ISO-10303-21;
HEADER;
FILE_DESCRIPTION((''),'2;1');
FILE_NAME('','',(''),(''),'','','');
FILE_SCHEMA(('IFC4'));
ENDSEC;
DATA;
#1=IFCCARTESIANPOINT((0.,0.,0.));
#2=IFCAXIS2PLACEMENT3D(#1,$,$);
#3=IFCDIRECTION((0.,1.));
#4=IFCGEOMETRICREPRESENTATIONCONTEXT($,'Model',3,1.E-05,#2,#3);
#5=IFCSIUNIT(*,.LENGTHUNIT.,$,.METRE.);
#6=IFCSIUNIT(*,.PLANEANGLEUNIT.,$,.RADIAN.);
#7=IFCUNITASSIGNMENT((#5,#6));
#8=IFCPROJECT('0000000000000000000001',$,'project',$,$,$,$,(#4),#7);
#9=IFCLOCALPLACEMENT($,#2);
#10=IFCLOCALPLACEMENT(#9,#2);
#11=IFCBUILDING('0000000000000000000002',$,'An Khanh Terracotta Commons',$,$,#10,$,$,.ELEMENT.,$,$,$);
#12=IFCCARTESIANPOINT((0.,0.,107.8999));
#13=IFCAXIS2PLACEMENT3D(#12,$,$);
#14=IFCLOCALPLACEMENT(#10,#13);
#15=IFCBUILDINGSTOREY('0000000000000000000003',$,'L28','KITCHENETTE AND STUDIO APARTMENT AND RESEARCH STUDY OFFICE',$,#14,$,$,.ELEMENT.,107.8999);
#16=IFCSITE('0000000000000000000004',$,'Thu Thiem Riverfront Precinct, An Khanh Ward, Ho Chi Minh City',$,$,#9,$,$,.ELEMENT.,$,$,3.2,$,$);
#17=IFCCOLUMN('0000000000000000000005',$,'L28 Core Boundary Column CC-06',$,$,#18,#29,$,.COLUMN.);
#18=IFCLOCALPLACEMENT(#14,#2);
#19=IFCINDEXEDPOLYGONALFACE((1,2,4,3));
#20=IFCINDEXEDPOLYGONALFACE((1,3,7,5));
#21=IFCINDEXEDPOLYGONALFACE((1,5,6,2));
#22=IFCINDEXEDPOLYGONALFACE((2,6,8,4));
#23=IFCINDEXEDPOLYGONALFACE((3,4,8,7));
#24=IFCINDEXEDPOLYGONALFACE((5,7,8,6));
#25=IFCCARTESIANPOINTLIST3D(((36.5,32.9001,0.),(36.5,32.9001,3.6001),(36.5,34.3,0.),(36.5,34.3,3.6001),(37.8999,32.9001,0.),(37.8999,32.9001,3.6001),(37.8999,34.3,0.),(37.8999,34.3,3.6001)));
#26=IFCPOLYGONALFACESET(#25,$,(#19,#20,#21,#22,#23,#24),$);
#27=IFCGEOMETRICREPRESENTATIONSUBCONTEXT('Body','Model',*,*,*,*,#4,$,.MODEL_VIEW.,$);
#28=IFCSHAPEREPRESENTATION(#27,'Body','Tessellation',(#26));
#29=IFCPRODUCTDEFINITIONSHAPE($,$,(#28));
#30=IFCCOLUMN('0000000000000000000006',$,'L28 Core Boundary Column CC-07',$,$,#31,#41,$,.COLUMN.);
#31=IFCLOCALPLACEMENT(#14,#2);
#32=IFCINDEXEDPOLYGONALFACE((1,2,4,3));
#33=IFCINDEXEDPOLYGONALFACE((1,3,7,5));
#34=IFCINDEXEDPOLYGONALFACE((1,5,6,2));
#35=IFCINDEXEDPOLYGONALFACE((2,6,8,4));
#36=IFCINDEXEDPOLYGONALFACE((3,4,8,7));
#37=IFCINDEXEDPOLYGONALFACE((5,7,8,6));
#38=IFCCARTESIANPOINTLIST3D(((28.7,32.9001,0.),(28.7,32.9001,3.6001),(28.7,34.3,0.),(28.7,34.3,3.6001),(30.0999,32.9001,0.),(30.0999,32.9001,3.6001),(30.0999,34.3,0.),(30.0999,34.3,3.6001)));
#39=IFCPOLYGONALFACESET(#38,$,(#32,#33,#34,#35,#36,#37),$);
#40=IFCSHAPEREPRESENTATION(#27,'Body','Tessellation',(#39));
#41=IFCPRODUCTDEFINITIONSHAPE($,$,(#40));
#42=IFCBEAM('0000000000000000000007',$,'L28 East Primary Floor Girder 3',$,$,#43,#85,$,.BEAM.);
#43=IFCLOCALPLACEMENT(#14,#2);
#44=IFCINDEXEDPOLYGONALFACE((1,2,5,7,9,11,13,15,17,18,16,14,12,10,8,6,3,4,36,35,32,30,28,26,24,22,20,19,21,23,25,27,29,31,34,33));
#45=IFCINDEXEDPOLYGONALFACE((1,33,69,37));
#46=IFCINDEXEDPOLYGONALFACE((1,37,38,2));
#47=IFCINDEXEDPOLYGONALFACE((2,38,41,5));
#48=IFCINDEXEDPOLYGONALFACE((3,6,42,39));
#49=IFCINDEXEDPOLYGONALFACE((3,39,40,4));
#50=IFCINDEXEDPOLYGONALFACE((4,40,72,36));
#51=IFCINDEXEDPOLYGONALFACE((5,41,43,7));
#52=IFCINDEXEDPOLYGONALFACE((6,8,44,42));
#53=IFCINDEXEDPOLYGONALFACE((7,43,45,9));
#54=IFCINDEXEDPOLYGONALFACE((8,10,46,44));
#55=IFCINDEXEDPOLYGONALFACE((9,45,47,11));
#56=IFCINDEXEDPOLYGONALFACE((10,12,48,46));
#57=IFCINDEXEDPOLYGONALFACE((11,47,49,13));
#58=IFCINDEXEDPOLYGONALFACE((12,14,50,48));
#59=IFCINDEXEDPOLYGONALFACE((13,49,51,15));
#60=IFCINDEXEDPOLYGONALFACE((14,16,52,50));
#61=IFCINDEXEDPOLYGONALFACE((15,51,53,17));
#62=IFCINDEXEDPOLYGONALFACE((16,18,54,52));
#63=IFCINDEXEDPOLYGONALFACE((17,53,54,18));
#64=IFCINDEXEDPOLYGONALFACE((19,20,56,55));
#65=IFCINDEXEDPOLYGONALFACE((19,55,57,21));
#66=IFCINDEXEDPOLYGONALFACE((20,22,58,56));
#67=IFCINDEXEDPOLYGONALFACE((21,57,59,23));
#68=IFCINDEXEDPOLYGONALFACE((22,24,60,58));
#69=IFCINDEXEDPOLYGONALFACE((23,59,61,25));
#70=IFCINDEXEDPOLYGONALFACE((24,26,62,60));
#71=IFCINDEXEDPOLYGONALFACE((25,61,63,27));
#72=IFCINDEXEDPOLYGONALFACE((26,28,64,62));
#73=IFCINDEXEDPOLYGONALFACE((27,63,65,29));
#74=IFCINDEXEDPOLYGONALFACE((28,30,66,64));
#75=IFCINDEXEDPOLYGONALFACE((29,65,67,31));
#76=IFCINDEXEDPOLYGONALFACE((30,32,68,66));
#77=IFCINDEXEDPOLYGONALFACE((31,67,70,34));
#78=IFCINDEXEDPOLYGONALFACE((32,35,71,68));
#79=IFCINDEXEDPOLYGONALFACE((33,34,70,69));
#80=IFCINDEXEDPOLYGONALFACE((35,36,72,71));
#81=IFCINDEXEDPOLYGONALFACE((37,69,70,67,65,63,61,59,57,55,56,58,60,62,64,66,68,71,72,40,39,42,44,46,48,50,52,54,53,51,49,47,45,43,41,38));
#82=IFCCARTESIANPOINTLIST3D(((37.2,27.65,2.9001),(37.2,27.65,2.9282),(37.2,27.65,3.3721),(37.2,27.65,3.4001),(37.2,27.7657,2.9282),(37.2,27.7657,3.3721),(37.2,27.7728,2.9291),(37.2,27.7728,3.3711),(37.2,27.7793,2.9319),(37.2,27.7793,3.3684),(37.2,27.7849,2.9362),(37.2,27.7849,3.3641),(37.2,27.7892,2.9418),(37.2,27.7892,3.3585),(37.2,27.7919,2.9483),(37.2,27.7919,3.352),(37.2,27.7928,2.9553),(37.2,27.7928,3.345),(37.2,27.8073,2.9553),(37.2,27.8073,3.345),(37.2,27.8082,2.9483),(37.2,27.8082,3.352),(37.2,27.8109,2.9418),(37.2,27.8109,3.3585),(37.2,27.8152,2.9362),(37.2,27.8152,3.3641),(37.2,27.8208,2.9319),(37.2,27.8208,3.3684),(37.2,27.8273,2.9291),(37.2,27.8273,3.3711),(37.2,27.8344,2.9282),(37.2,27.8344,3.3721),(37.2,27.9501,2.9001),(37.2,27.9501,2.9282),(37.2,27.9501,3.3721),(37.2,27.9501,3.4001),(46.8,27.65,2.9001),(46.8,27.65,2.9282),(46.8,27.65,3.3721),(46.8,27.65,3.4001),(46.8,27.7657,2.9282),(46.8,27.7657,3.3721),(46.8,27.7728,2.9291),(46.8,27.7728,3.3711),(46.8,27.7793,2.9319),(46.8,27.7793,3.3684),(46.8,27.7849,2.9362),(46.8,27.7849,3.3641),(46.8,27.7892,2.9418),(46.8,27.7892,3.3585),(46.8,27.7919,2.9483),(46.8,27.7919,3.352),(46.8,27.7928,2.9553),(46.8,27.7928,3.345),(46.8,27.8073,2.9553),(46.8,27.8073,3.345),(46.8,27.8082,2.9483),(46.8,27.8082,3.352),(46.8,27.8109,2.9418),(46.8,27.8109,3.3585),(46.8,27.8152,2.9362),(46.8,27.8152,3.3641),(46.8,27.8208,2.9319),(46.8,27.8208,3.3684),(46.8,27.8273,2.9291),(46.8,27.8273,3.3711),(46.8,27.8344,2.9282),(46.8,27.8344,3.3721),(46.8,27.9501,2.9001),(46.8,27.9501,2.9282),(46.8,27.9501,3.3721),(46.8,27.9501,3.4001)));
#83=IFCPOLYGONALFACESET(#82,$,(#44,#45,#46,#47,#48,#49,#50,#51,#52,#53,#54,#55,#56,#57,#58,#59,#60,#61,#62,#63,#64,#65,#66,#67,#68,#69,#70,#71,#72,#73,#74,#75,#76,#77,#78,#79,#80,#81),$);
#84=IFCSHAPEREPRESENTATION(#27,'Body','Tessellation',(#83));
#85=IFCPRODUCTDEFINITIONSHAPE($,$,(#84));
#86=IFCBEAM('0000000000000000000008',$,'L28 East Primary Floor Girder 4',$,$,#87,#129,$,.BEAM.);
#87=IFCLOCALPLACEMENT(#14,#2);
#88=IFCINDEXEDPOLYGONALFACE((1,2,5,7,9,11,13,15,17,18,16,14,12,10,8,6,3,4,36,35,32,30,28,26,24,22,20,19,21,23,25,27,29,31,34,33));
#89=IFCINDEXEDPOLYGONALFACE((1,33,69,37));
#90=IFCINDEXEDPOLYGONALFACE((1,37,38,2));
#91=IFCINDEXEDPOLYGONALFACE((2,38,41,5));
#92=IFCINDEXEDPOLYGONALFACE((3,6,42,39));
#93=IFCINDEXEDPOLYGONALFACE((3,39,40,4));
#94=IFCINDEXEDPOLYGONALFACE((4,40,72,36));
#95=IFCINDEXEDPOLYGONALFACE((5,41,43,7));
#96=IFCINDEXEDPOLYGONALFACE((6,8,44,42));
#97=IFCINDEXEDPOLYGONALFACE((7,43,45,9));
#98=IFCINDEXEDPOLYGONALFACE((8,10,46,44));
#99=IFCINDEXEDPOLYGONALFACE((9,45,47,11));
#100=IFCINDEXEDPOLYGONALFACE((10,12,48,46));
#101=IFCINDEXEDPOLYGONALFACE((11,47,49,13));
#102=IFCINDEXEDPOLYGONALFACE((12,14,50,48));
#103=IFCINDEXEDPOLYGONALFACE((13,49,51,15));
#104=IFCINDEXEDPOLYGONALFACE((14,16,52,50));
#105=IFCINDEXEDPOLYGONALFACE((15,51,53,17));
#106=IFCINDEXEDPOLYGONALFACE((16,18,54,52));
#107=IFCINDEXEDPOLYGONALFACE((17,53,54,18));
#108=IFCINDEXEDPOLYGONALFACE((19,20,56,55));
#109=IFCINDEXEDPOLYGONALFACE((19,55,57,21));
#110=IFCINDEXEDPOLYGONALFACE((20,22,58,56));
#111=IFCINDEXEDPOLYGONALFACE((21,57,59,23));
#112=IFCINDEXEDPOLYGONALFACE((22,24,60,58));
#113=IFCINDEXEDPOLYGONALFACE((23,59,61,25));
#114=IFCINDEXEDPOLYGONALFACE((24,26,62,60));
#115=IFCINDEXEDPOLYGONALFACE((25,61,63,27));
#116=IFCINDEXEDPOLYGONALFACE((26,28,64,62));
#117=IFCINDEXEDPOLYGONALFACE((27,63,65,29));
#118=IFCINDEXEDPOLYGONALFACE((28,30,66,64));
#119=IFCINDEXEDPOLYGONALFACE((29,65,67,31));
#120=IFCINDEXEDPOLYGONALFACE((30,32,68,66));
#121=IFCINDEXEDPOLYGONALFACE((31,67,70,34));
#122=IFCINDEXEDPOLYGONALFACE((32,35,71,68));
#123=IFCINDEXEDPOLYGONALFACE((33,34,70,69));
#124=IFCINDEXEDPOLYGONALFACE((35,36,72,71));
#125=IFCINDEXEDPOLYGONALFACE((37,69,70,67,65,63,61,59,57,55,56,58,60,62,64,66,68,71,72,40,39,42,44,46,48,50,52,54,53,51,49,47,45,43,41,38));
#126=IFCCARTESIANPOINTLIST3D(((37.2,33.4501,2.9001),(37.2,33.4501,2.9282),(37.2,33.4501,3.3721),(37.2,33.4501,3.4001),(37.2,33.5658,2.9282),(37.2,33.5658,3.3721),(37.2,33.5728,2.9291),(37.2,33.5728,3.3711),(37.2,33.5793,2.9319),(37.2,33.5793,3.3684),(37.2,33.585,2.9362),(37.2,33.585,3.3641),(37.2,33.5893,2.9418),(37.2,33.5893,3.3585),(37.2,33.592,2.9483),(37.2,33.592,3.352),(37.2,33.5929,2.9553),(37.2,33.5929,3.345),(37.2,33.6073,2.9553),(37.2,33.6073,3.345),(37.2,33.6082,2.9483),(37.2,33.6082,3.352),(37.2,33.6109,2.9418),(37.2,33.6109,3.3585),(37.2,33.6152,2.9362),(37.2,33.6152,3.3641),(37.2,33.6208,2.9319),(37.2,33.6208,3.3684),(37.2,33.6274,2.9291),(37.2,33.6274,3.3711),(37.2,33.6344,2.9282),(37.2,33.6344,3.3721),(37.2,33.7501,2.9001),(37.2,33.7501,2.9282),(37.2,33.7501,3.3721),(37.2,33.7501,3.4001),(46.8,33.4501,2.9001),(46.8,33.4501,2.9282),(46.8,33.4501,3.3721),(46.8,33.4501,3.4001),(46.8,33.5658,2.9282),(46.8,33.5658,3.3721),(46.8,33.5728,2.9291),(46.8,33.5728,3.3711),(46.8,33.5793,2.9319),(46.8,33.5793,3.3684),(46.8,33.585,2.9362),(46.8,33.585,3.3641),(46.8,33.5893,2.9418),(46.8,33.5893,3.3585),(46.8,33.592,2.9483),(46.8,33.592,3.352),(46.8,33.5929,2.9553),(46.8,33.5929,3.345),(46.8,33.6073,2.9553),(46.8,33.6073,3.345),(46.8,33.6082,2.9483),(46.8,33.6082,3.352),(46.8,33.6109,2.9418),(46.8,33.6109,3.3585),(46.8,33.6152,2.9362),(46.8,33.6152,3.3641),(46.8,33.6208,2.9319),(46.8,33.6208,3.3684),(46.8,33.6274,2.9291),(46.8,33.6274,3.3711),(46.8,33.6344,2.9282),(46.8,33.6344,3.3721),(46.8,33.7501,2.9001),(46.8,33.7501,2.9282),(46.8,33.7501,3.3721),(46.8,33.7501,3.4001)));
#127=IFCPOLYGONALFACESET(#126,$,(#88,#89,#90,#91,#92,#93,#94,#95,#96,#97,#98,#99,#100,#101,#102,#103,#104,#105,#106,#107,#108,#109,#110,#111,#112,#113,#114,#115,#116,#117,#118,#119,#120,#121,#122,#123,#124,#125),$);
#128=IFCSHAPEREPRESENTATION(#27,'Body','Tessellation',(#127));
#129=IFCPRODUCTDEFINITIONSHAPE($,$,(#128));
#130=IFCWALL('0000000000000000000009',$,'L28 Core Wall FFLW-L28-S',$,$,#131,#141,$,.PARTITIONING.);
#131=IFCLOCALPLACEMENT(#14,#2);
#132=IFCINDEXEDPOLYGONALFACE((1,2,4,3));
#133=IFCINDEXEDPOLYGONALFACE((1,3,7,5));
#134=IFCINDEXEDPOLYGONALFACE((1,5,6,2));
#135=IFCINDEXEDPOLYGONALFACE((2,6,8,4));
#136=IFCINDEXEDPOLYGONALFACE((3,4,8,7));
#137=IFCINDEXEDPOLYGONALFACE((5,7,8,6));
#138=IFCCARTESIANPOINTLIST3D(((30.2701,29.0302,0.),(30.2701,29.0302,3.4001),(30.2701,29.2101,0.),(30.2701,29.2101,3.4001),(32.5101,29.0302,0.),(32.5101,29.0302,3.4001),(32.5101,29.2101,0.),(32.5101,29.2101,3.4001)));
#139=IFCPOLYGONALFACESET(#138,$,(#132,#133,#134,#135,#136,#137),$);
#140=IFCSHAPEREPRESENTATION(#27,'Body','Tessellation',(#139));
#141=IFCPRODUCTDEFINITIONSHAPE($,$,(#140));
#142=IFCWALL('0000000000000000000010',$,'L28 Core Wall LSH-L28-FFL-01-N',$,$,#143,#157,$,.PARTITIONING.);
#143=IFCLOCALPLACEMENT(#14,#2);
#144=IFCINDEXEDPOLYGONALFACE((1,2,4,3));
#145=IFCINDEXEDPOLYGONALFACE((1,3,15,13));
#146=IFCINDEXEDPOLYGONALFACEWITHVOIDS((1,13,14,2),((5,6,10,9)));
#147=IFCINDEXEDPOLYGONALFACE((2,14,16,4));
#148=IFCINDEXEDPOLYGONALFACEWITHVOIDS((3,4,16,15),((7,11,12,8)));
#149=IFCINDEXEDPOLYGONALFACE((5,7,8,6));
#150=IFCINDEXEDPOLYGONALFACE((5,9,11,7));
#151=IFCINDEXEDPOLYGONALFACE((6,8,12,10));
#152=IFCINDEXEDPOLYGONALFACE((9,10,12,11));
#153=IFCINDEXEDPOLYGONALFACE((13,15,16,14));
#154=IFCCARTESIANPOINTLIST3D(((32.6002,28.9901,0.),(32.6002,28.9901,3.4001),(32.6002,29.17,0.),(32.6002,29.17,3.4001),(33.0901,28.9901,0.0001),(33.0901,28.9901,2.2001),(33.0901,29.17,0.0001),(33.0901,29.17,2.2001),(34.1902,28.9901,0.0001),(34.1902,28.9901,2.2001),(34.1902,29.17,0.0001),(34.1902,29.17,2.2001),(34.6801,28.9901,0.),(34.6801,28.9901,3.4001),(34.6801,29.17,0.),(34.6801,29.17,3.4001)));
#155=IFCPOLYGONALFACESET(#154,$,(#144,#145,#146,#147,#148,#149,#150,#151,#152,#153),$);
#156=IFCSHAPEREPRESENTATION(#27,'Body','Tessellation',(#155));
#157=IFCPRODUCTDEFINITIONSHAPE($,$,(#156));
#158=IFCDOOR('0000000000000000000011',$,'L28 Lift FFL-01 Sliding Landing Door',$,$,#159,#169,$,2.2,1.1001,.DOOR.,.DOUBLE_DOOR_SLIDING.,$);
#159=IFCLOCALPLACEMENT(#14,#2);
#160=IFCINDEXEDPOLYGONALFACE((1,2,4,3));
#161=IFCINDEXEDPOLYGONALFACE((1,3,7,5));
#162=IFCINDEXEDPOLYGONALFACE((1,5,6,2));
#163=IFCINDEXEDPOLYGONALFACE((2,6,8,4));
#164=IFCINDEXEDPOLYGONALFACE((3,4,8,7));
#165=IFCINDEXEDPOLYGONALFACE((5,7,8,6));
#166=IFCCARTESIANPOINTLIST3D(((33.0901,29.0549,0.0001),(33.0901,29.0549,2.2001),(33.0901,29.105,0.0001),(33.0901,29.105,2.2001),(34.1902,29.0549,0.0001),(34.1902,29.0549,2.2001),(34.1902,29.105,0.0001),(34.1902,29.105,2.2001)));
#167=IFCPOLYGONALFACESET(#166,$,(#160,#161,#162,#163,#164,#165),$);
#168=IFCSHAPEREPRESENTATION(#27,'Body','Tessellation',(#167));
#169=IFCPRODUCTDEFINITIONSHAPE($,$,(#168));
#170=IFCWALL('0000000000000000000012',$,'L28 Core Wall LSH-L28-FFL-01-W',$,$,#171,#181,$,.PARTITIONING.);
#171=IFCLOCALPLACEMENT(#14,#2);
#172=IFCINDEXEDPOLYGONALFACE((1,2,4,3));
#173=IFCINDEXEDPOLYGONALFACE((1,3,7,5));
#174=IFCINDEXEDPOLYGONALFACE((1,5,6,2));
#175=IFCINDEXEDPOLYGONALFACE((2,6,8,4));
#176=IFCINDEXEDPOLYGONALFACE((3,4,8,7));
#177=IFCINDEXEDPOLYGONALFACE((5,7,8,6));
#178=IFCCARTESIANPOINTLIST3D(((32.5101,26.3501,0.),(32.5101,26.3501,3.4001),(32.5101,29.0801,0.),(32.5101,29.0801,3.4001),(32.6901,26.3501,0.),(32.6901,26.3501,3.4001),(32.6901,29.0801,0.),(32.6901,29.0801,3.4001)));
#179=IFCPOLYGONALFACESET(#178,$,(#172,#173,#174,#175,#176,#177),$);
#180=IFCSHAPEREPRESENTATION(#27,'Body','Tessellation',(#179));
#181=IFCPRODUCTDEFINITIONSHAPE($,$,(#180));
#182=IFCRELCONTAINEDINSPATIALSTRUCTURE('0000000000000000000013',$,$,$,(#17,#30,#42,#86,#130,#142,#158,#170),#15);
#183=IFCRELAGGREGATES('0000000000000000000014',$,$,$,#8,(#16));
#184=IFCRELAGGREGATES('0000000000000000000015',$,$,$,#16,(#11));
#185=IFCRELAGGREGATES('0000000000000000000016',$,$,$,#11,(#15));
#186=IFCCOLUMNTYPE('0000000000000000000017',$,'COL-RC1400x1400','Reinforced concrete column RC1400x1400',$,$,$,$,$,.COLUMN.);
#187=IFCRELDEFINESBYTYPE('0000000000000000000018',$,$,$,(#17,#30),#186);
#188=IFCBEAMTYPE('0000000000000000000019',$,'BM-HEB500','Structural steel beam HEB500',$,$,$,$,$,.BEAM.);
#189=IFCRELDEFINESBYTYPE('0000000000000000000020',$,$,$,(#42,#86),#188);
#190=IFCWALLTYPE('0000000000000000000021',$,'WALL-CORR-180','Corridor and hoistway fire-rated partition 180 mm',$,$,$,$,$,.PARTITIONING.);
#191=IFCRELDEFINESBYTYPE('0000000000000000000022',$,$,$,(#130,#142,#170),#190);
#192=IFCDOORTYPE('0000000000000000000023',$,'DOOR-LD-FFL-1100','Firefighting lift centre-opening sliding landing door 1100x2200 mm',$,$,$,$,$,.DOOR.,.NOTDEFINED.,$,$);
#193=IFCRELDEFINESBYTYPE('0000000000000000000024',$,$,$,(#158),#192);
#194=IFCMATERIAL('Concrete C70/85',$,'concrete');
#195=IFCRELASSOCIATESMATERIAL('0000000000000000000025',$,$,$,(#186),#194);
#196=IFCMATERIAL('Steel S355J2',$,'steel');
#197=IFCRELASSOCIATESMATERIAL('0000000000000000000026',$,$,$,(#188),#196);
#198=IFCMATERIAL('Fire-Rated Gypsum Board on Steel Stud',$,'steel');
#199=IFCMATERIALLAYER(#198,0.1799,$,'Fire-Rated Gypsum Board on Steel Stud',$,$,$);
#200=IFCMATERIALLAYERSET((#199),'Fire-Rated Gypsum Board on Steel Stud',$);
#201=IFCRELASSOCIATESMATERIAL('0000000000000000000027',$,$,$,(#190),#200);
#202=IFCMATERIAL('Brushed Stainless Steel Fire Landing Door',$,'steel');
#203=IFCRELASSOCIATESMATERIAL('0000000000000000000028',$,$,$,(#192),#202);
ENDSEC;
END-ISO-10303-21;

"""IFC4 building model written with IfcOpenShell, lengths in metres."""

from ifc_helpers import new_model, si_unit, direction, frame, frame_2d, origin, origin_2d, place, context, subcontext, project, spatial, rectangle, i_section, extrude, material, layer, layer_set, material_profile, profile_set, type_object, element, fill, save


model = new_model("IFC4")

# Units and contexts
model_context = context("Model", 3, precision=1e-05, world=origin(), true_north=direction((0.0, 1.0)))
body_context = subcontext(model_context, "Body", "Model", "MODEL_VIEW")
ifc_project = project(units=[si_unit("LENGTHUNIT", "METRE"), si_unit("PLANEANGLEUNIT", "RADIAN")], contexts=[model_context])

# Site, building, storey
site_placement = place(None, origin())
site = spatial("IfcSite", under=ifc_project, at=site_placement, Name="Thu Thiem Riverfront Precinct, An Khanh Ward, Ho Chi Minh City", CompositionType="ELEMENT", RefElevation=3.2)
building_placement = place(site_placement, origin())
building = spatial("IfcBuilding", under=site, at=building_placement, Name="An Khanh Terracotta Commons", CompositionType="ELEMENT")
storey_placement = place(building_placement, frame((0.0, 0.0, 107.8999)))
storey = spatial("IfcBuildingStorey", under=building, at=storey_placement, Name="L28", Description="KITCHENETTE AND STUDIO APARTMENT AND RESEARCH STUDY OFFICE", CompositionType="ELEMENT", Elevation=107.8999)

# Columns
ifc_material_1 = material(Name="Concrete C70/85", Category="concrete")
ifc_material_profile_1 = material_profile(ifc_material_1, rectangle(XDim=1.3999, YDim=1.3999, at=origin_2d()), Name="RC1400x1400")
ifc_profile_set_1 = profile_set([ifc_material_profile_1], Name="Concrete C70/85")
column_type = type_object("IfcColumnType", Name="COL-RC1400x1400", Description="Reinforced concrete column RC1400x1400", PredefinedType="COLUMN", material=ifc_profile_set_1)
for number, where, z_axis, x_axis, name in (
    (1, (37.2, 33.6001, 0.0), (0.0, 0.0, 1.0), (1.0, 0.0, 0.0), "L28 Core Boundary Column CC-06"),
    (2, (29.3999, 33.6001, 0.0), (0.0, 0.0, 1.0), (1.0, 0.0, 0.0), "L28 Core Boundary Column CC-07"),
):
    element("IfcColumn", number, at=place(storey_placement, frame(where, z_axis=z_axis, x_axis=x_axis)), inside=storey, type_object=column_type, Name=name, PredefinedType="COLUMN", context=body_context, shape_type="SweptSolid", body=[
        extrude(rectangle(XDim=1.3999, YDim=1.3999, at=origin_2d()), origin(), (0.0, 0.0, 1.0), 3.6001),
    ])

# Beams
ifc_material_2 = material(Name="Steel S355J2", Category="steel")
ifc_material_profile_2 = material_profile(ifc_material_2, i_section(OverallWidth=0.3, OverallDepth=0.5, WebThickness=0.0144, FlangeThickness=0.0281, FilletRadius=0.0271, at=origin_2d()), Name="HEB500")
ifc_profile_set_2 = profile_set([ifc_material_profile_2], Name="Steel S355J2")
beam_type = type_object("IfcBeamType", Name="BM-HEB500", Description="Structural steel beam HEB500", PredefinedType="BEAM", material=ifc_profile_set_2)
for number, where, z_axis, x_axis, name in (
    (3, (37.2, 27.8, 3.1501), (1.0, 0.0, 0.0), (0.0, 1.0, 0.0), "L28 East Primary Floor Girder 3"),
    (4, (37.2, 33.6001, 3.1501), (1.0, 0.0, 0.0), (0.0, 1.0, 0.0), "L28 East Primary Floor Girder 4"),
):
    element("IfcBeam", number, at=place(storey_placement, frame(where, z_axis=z_axis, x_axis=x_axis)), inside=storey, type_object=beam_type, Name=name, PredefinedType="BEAM", context=body_context, shape_type="SweptSolid", body=[
        extrude(i_section(OverallWidth=0.3, OverallDepth=0.5, WebThickness=0.0144, FlangeThickness=0.0281, FilletRadius=0.0271, at=origin_2d()), origin(), (0.0, 0.0, 1.0), 9.6001),
    ])

# Wall
ifc_material_3 = material(Name="Fire-Rated Gypsum Board on Steel Stud", Category="steel")
ifc_layer_1 = layer(ifc_material_3, 0.1799, Name="Fire-Rated Gypsum Board on Steel Stud")
ifc_layer_set_1 = layer_set([ifc_layer_1], Name="Fire-Rated Gypsum Board on Steel Stud")
wall_type_1 = type_object("IfcWallType", Name="WALL-CORR-180", Description="Corridor and hoistway fire-rated partition 180 mm", PredefinedType="PARTITIONING", material=ifc_layer_set_1)
wall_1_placement = place(storey_placement, frame((30.27, 29.1201, 0.0), z_axis=(0.0, 0.0, 1.0), x_axis=(1.0, 0.0, 0.0)))
element("IfcWall", 5, at=wall_1_placement, inside=storey, type_object=wall_type_1, Name="L28 Core Wall FFLW-L28-S", PredefinedType="PARTITIONING", context=body_context, shape_type="SweptSolid", body=[
    extrude(rectangle(XDim=2.24, YDim=0.1799, at=frame_2d((1.1201, 0.0))), origin(), (0.0, 0.0, 1.0), 3.4001),
])

# Wall, opening, door
wall_2_placement = place(storey_placement, frame((32.6001, 29.0801, 0.0), z_axis=(0.0, 0.0, 1.0), x_axis=(1.0, 0.0, 0.0)))
wall_2 = element("IfcWall", 6, at=wall_2_placement, inside=storey, type_object=wall_type_1, Name="L28 Core Wall LSH-L28-FFL-01-N", PredefinedType="PARTITIONING", context=body_context, shape_type="SweptSolid", body=[
    extrude(rectangle(XDim=2.0798, YDim=0.1799, at=frame_2d((1.04, 0.0))), origin(), (0.0, 0.0, 1.0), 3.4001),
])
opening_1_placement = place(wall_2_placement, frame((0.49, 0.0, 0.0)))
opening_1 = element("IfcOpeningElement", 7, at=opening_1_placement, cuts=wall_2, PredefinedType="OPENING", context=body_context, shape_type="SweptSolid", body=[
    extrude(rectangle(XDim=1.1001, YDim=2.2, at=frame_2d((0.55, 1.1001))), frame((0.0, 0.0999, 0.0), z_axis=(0.0, -1.0, 0.0), x_axis=(1.0, 0.0, 0.0)), (0.0, 0.0, 1.0), 0.2),
])
ifc_material_4 = material(Name="Brushed Stainless Steel Fire Landing Door", Category="steel")
door_type_1 = type_object("IfcDoorType", Name="DOOR-LD-FFL-1100", Description="Firefighting lift centre-opening sliding landing door 1100x2200 mm", OperationType="NOTDEFINED", PredefinedType="DOOR", material=ifc_material_4)
door_1_placement = place(opening_1_placement, origin())
door_1 = element("IfcDoor", 8, at=door_1_placement, inside=storey, type_object=door_type_1, Name="L28 Lift FFL-01 Sliding Landing Door", OperationType="DOUBLE_DOOR_SLIDING", OverallHeight=2.2, OverallWidth=1.1001, PredefinedType="DOOR", context=body_context, shape_type="SweptSolid", body=[
    extrude(rectangle(XDim=1.1001, YDim=2.2, at=frame_2d((0.55, 1.1001))), frame((0.0, 0.0249, 0.0), z_axis=(0.0, -1.0, 0.0), x_axis=(1.0, 0.0, 0.0)), (0.0, 0.0, 1.0), 0.05),
])
fill(opening_1, door_1)

# Wall
wall_3_placement = place(storey_placement, frame((32.6001, 29.0801, 0.0), z_axis=(0.0, 0.0, 1.0), x_axis=(0.0, -1.0, 0.0)))
element("IfcWall", 9, at=wall_3_placement, inside=storey, type_object=wall_type_1, Name="L28 Core Wall LSH-L28-FFL-01-W", PredefinedType="PARTITIONING", context=body_context, shape_type="SweptSolid", body=[
    extrude(rectangle(XDim=2.73, YDim=0.1799, at=frame_2d((1.365, 0.0))), origin(), (0.0, 0.0, 1.0), 3.4001),
])

save(model, "model.ifc")
